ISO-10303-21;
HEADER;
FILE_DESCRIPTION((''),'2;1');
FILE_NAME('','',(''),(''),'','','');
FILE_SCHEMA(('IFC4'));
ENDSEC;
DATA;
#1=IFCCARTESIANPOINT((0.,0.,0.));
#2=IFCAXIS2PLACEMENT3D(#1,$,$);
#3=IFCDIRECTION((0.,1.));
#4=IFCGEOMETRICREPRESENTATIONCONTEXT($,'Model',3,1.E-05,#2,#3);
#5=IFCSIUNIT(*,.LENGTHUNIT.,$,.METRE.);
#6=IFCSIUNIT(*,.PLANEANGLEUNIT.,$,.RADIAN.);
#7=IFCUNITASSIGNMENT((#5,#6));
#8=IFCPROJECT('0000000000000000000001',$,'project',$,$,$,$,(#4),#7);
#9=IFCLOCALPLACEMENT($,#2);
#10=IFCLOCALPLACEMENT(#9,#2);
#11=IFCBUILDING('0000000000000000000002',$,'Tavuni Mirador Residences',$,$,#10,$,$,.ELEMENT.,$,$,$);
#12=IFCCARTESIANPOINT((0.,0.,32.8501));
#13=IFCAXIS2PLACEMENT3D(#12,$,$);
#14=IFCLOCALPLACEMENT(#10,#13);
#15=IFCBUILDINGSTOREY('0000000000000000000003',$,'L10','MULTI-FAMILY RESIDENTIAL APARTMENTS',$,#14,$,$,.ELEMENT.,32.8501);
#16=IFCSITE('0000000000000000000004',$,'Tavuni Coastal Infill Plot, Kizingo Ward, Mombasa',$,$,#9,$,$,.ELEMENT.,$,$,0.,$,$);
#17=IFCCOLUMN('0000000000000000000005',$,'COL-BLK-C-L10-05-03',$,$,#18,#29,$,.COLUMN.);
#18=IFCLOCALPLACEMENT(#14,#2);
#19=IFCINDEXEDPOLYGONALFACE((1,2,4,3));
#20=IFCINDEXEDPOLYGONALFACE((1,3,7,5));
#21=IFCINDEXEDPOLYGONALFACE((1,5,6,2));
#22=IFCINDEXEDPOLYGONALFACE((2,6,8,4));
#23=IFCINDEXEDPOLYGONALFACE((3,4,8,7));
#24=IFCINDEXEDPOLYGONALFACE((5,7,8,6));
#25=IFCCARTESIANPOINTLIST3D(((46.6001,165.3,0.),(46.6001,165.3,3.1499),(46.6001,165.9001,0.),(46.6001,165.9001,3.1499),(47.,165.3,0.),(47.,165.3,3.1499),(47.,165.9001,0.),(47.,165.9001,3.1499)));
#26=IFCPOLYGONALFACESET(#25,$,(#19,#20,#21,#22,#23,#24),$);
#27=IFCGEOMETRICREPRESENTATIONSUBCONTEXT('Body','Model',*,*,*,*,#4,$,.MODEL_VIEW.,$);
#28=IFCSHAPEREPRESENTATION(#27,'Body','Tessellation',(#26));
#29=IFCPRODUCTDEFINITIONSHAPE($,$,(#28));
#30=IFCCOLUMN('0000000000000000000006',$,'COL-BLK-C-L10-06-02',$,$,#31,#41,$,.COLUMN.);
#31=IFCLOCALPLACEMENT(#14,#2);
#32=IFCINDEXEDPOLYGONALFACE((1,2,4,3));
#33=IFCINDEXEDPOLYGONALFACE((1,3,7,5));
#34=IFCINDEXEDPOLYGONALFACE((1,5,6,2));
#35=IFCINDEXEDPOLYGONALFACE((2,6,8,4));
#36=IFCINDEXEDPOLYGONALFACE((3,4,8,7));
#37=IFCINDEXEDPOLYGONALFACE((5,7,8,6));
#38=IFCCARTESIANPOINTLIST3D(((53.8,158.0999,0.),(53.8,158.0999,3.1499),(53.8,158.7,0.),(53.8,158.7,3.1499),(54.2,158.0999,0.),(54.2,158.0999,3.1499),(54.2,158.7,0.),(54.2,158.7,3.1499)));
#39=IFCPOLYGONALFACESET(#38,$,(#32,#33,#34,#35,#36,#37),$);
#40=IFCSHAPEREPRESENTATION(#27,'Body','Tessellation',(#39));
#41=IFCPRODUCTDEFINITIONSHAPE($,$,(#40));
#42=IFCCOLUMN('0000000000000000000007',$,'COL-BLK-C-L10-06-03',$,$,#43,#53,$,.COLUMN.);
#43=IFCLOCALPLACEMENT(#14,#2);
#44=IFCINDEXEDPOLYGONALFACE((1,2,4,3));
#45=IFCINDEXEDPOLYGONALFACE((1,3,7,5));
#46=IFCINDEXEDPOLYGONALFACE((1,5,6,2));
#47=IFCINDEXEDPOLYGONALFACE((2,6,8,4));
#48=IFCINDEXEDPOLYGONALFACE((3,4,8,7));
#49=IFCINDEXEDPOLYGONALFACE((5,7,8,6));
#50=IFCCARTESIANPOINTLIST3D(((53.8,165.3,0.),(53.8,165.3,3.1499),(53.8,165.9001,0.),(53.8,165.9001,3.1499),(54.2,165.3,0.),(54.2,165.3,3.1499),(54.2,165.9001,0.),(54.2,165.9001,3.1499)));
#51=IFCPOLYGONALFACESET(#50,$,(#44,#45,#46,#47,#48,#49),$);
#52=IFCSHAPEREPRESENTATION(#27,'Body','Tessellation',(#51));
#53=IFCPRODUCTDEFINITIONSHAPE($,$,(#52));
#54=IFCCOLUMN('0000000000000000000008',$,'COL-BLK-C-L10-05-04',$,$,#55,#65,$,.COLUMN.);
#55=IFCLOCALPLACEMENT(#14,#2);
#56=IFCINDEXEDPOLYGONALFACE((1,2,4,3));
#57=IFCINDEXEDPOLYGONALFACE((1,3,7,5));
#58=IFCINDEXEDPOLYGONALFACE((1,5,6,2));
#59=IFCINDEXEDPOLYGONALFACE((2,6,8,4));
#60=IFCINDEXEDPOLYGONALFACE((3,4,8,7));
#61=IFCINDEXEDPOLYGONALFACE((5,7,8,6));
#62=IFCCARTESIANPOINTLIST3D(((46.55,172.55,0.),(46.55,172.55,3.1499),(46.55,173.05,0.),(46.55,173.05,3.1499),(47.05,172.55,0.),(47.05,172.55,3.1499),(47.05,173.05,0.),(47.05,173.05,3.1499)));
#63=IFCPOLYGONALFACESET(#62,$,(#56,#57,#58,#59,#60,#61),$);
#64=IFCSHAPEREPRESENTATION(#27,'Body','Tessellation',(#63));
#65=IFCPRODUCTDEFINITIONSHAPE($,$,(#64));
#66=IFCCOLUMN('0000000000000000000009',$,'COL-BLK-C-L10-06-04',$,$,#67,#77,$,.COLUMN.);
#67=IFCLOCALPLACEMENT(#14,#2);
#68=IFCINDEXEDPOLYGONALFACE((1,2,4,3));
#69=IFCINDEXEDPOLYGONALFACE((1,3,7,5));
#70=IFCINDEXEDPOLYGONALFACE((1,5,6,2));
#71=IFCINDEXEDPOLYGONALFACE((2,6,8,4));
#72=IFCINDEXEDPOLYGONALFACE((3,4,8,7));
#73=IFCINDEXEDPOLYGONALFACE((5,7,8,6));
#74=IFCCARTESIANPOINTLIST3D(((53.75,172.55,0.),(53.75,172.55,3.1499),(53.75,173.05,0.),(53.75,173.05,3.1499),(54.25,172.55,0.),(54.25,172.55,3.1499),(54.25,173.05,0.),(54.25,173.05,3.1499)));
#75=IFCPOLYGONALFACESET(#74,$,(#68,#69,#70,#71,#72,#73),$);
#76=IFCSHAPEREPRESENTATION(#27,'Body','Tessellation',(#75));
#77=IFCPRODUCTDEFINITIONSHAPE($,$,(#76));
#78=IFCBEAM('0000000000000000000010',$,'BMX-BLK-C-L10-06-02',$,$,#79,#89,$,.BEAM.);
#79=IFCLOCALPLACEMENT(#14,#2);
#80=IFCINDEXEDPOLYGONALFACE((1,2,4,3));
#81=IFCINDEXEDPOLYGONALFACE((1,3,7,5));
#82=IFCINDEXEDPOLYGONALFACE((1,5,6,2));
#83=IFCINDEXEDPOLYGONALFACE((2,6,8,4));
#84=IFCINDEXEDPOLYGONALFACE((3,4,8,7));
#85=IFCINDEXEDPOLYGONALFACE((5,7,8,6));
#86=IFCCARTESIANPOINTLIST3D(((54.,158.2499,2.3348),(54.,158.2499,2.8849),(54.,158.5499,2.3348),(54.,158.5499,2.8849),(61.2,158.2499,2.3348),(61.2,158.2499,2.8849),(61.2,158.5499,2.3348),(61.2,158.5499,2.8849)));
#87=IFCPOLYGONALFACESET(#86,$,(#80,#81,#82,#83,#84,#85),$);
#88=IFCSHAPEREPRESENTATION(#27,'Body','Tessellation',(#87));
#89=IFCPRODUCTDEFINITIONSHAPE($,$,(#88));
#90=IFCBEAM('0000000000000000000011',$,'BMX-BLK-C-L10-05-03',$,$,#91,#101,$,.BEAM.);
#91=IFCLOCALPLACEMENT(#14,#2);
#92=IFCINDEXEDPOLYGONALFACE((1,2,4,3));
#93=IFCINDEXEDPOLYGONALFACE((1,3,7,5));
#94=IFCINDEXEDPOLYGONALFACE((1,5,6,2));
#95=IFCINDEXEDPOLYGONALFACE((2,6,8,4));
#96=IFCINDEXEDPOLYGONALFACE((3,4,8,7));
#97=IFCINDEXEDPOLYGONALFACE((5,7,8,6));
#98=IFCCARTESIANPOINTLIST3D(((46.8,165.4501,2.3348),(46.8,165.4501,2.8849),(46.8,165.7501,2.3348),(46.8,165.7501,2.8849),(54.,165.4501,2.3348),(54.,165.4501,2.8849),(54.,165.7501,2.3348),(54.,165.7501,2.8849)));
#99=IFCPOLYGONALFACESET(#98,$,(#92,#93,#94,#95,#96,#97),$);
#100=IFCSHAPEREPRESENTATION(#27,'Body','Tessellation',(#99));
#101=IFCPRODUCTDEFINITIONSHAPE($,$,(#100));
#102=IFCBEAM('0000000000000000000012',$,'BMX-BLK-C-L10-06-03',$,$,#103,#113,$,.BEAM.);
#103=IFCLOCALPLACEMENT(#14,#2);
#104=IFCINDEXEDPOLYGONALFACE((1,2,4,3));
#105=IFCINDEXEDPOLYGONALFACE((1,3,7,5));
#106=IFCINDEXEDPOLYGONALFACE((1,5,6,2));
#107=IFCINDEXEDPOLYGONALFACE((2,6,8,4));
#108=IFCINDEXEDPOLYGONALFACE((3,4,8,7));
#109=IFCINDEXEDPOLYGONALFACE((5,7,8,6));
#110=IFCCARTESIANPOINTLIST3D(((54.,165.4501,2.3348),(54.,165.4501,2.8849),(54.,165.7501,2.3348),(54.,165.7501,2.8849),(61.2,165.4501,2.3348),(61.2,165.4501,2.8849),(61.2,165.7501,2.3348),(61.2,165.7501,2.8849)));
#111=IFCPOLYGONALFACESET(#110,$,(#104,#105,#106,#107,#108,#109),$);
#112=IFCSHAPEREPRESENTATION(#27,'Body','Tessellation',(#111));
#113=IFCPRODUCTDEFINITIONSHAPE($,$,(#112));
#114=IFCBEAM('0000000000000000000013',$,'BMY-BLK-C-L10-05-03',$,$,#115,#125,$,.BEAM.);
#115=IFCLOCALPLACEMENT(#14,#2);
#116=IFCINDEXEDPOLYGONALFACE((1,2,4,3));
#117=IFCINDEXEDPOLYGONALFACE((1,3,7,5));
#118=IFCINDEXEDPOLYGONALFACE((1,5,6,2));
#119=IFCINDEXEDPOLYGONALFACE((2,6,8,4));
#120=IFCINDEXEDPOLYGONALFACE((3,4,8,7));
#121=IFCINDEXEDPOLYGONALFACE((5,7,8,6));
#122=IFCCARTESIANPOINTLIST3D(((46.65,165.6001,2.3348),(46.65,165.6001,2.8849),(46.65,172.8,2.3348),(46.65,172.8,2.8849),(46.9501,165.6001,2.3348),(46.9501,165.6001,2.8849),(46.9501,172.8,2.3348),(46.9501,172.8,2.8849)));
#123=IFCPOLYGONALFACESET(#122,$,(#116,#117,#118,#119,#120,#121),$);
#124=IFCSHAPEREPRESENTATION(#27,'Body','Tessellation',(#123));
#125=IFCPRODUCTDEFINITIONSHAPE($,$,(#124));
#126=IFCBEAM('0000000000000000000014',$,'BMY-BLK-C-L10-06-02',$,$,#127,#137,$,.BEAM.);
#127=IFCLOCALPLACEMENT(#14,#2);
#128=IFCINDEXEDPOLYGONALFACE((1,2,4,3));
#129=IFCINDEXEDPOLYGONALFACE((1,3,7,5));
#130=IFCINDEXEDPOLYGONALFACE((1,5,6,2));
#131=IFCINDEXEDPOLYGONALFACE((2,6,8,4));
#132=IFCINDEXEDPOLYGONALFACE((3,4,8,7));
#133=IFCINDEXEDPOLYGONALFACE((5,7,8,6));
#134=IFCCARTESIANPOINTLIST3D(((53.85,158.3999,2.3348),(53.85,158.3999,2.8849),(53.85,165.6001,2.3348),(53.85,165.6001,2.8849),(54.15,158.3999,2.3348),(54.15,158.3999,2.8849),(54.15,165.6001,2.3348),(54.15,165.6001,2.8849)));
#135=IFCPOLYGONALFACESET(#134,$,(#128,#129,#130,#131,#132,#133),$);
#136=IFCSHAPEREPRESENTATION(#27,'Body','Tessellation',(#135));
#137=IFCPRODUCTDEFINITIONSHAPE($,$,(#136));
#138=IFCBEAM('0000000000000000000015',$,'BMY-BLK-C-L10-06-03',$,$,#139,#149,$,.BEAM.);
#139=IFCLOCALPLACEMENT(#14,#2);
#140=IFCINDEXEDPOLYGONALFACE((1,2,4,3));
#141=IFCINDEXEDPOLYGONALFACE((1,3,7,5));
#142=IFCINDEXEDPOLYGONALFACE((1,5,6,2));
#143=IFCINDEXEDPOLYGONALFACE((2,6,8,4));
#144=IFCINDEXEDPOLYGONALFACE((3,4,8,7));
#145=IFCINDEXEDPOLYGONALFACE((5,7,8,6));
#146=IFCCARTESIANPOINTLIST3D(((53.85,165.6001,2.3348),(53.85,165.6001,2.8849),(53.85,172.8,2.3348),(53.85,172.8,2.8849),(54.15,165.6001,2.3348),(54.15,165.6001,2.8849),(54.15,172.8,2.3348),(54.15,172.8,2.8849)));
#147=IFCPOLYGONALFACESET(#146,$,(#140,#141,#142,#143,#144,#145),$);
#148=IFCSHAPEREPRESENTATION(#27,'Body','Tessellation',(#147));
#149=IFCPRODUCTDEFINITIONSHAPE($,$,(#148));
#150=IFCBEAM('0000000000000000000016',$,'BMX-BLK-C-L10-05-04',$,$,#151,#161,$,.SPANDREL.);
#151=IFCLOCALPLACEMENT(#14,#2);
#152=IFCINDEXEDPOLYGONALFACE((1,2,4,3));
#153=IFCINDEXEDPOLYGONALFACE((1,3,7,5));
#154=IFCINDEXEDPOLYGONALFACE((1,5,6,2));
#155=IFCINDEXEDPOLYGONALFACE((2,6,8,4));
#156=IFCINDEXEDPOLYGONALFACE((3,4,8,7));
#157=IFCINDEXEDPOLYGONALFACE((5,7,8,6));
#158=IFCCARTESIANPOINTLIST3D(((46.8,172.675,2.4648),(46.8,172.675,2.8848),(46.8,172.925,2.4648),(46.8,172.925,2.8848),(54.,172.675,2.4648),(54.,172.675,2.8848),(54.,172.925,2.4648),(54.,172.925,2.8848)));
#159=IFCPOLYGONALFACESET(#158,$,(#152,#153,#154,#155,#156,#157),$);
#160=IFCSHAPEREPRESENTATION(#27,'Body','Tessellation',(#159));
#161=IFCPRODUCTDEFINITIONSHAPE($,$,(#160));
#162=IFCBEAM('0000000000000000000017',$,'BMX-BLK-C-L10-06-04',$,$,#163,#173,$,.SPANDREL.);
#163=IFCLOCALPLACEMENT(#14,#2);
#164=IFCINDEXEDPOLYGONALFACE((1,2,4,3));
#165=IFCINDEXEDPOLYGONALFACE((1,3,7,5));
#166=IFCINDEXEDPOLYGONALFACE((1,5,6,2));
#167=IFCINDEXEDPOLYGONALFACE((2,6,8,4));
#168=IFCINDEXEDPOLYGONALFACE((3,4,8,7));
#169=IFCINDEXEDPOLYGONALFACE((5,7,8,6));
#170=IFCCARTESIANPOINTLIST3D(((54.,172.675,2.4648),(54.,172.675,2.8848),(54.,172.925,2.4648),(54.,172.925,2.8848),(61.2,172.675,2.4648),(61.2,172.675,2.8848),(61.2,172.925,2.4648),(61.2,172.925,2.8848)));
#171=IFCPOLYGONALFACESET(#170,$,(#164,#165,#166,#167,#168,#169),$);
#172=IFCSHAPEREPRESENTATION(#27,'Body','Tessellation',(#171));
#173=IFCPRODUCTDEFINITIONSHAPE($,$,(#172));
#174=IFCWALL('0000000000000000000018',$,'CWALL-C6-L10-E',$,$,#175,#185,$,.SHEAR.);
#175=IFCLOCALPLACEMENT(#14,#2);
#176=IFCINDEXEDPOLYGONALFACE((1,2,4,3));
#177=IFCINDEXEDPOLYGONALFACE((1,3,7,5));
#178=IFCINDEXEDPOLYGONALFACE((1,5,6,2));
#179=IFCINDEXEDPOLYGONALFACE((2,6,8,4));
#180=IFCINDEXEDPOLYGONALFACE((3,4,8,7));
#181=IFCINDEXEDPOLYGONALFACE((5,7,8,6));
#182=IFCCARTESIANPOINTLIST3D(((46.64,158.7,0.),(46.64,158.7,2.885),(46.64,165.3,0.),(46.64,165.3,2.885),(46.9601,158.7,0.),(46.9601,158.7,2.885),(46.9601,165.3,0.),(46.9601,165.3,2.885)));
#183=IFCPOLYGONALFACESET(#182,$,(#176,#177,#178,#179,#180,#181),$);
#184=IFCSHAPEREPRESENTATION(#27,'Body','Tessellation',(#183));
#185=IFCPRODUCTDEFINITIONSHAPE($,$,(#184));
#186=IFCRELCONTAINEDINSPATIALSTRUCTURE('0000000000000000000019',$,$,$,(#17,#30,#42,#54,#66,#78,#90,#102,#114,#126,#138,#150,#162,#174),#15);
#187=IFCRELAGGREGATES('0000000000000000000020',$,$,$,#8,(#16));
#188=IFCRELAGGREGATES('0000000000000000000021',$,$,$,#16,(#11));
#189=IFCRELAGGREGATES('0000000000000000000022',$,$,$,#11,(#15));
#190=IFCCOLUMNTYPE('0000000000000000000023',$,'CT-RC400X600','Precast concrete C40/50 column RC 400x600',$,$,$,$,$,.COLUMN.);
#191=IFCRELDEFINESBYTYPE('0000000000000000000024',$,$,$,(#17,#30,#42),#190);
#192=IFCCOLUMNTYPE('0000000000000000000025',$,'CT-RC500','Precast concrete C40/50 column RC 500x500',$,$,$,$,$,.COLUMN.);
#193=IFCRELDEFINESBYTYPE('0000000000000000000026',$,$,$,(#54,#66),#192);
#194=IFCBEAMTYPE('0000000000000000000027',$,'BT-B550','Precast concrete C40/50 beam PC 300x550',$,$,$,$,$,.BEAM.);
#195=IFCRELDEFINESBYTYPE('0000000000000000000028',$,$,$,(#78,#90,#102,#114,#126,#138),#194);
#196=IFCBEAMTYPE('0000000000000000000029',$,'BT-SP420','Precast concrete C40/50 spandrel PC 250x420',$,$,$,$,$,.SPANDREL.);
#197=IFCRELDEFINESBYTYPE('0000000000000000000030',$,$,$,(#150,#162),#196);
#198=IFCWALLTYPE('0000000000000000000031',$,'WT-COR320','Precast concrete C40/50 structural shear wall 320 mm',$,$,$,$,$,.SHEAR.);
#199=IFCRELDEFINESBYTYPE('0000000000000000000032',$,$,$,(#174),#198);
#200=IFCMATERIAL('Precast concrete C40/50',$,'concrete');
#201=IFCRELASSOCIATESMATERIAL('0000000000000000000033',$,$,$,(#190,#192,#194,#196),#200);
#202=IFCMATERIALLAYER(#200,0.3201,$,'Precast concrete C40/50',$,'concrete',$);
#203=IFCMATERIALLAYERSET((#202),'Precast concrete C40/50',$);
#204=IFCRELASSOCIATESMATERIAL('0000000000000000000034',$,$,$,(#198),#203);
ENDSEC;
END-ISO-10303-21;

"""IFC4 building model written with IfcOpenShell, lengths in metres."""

from ifc_helpers import new_model, si_unit, direction, frame, frame_2d, origin, origin_2d, place, context, subcontext, project, spatial, rectangle, extrude, material, layer, layer_set, material_profile, profile_set, type_object, element, save


model = new_model("IFC4")

# Units and contexts
model_context = context("Model", 3, precision=1e-05, world=origin(), true_north=direction((0.0, 1.0)))
body_context = subcontext(model_context, "Body", "Model", "MODEL_VIEW")
ifc_project = project(units=[si_unit("LENGTHUNIT", "METRE"), si_unit("PLANEANGLEUNIT", "RADIAN")], contexts=[model_context])

# Site, building, storey
site_placement = place(None, origin())
site = spatial("IfcSite", under=ifc_project, at=site_placement, Name="Tavuni Coastal Infill Plot, Kizingo Ward, Mombasa", CompositionType="ELEMENT", RefElevation=0.0)
building_placement = place(site_placement, origin())
building = spatial("IfcBuilding", under=site, at=building_placement, Name="Tavuni Mirador Residences", CompositionType="ELEMENT")
storey_placement = place(building_placement, frame((0.0, 0.0, 32.8501)))
storey = spatial("IfcBuildingStorey", under=building, at=storey_placement, Name="L10", Description="MULTI-FAMILY RESIDENTIAL APARTMENTS", CompositionType="ELEMENT", Elevation=32.8501)

# Columns
ifc_material_1 = material(Name="Precast concrete C40/50", Category="concrete")
ifc_material_profile_1 = material_profile(ifc_material_1, rectangle(XDim=0.3999, YDim=0.6001, at=origin_2d()), Name="RC 400x600", Category="concrete")
ifc_profile_set_1 = profile_set([ifc_material_profile_1], Name="Precast concrete C40/50")
column_type_1 = type_object("IfcColumnType", Name="CT-RC400X600", Description="Precast concrete C40/50 column RC 400x600", PredefinedType="COLUMN", material=ifc_profile_set_1)
for number, where, z_axis, x_axis, name in (
    (1, (46.8, 165.6001, 0.0), (0.0, 0.0, 1.0), (1.0, 0.0, 0.0), "COL-BLK-C-L10-05-03"),
    (2, (54.0, 158.3999, 0.0), (0.0, 0.0, 1.0), (1.0, 0.0, 0.0), "COL-BLK-C-L10-06-02"),
    (3, (54.0, 165.6001, 0.0), (0.0, 0.0, 1.0), (1.0, 0.0, 0.0), "COL-BLK-C-L10-06-03"),
):
    element("IfcColumn", number, at=place(storey_placement, frame(where, z_axis=z_axis, x_axis=x_axis)), inside=storey, type_object=column_type_1, Name=name, PredefinedType="COLUMN", context=body_context, shape_type="SweptSolid", body=[
        extrude(rectangle(XDim=0.3999, YDim=0.6001, at=origin_2d()), origin(), (0.0, 0.0, 1.0), 3.1499),
    ])
ifc_material_profile_2 = material_profile(ifc_material_1, rectangle(XDim=0.5, YDim=0.5, at=origin_2d()), Name="RC 500x500", Category="concrete")
ifc_profile_set_2 = profile_set([ifc_material_profile_2], Name="Precast concrete C40/50")
column_type_2 = type_object("IfcColumnType", Name="CT-RC500", Description="Precast concrete C40/50 column RC 500x500", PredefinedType="COLUMN", material=ifc_profile_set_2)
for number, where, z_axis, x_axis, name in (
    (4, (46.8, 172.8, 0.0), (0.0, 0.0, 1.0), (1.0, 0.0, 0.0), "COL-BLK-C-L10-05-04"),
    (5, (54.0, 172.8, 0.0), (0.0, 0.0, 1.0), (1.0, 0.0, 0.0), "COL-BLK-C-L10-06-04"),
):
    element("IfcColumn", number, at=place(storey_placement, frame(where, z_axis=z_axis, x_axis=x_axis)), inside=storey, type_object=column_type_2, Name=name, PredefinedType="COLUMN", context=body_context, shape_type="SweptSolid", body=[
        extrude(rectangle(XDim=0.5, YDim=0.5, at=origin_2d()), origin(), (0.0, 0.0, 1.0), 3.1499),
    ])

# Beams
ifc_material_profile_3 = material_profile(ifc_material_1, rectangle(XDim=0.3, YDim=0.55, at=origin_2d()), Name="PC 300x550", Category="concrete")
ifc_profile_set_3 = profile_set([ifc_material_profile_3], Name="Precast concrete C40/50")
beam_type_1 = type_object("IfcBeamType", Name="BT-B550", Description="Precast concrete C40/50 beam PC 300x550", PredefinedType="BEAM", material=ifc_profile_set_3)
for number, where, z_axis, x_axis, name in (
    (6, (54.0, 158.3999, 2.6099), (1.0, 0.0, 0.0), (0.0, 1.0, 0.0), "BMX-BLK-C-L10-06-02"),
    (7, (46.8, 165.6001, 2.6099), (1.0, 0.0, 0.0), (0.0, 1.0, 0.0), "BMX-BLK-C-L10-05-03"),
    (8, (54.0, 165.6001, 2.6099), (1.0, 0.0, 0.0), (0.0, 1.0, 0.0), "BMX-BLK-C-L10-06-03"),
    (9, (46.8, 165.6001, 2.6099), (0.0, 1.0, 0.0), (-1.0, 0.0, 0.0), "BMY-BLK-C-L10-05-03"),
):
    element("IfcBeam", number, at=place(storey_placement, frame(where, z_axis=z_axis, x_axis=x_axis)), inside=storey, type_object=beam_type_1, Name=name, PredefinedType="BEAM", context=body_context, shape_type="SweptSolid", body=[
        extrude(rectangle(XDim=0.3, YDim=0.55, at=origin_2d()), origin(), (0.0, 0.0, 1.0), 7.2),
    ])
beam_1_placement = place(storey_placement, frame((54.0, 158.3999, 2.6099), z_axis=(0.0, 1.0, 0.0), x_axis=(-1.0, 0.0, 0.0)))
element("IfcBeam", 10, at=beam_1_placement, inside=storey, type_object=beam_type_1, Name="BMY-BLK-C-L10-06-02", PredefinedType="BEAM", context=body_context, shape_type="SweptSolid", body=[
    extrude(rectangle(XDim=0.3, YDim=0.55, at=origin_2d()), origin(), (0.0, 0.0, 1.0), 7.2002),
])
beam_2_placement = place(storey_placement, frame((54.0, 165.6001, 2.6099), z_axis=(0.0, 1.0, 0.0), x_axis=(-1.0, 0.0, 0.0)))
element("IfcBeam", 11, at=beam_2_placement, inside=storey, type_object=beam_type_1, Name="BMY-BLK-C-L10-06-03", PredefinedType="BEAM", context=body_context, shape_type="SweptSolid", body=[
    extrude(rectangle(XDim=0.3, YDim=0.55, at=origin_2d()), origin(), (0.0, 0.0, 1.0), 7.2),
])
ifc_material_profile_4 = material_profile(ifc_material_1, rectangle(XDim=0.25, YDim=0.4199, at=origin_2d()), Name="PC 250x420", Category="concrete")
ifc_profile_set_4 = profile_set([ifc_material_profile_4], Name="Precast concrete C40/50")
beam_type_2 = type_object("IfcBeamType", Name="BT-SP420", Description="Precast concrete C40/50 spandrel PC 250x420", PredefinedType="SPANDREL", material=ifc_profile_set_4)
for number, where, z_axis, x_axis, name in (
    (12, (46.8, 172.8, 2.6748), (1.0, 0.0, 0.0), (0.0, 1.0, 0.0), "BMX-BLK-C-L10-05-04"),
    (13, (54.0, 172.8, 2.6748), (1.0, 0.0, 0.0), (0.0, 1.0, 0.0), "BMX-BLK-C-L10-06-04"),
):
    element("IfcBeam", number, at=place(storey_placement, frame(where, z_axis=z_axis, x_axis=x_axis)), inside=storey, type_object=beam_type_2, Name=name, PredefinedType="SPANDREL", context=body_context, shape_type="SweptSolid", body=[
        extrude(rectangle(XDim=0.25, YDim=0.4199, at=origin_2d()), origin(), (0.0, 0.0, 1.0), 7.2),
    ])

# Wall
ifc_layer_1 = layer(ifc_material_1, 0.3201, Name="Precast concrete C40/50", Category="concrete")
ifc_layer_set_1 = layer_set([ifc_layer_1], Name="Precast concrete C40/50")
wall_type_1 = type_object("IfcWallType", Name="WT-COR320", Description="Precast concrete C40/50 structural shear wall 320 mm", PredefinedType="SHEAR", material=ifc_layer_set_1)
wall_1_placement = place(storey_placement, frame((46.8, 158.7, 0.0), z_axis=(0.0, 0.0, 1.0), x_axis=(0.0, 1.0, 0.0)))
element("IfcWall", 14, at=wall_1_placement, inside=storey, type_object=wall_type_1, Name="CWALL-C6-L10-E", PredefinedType="SHEAR", context=body_context, shape_type="SweptSolid", body=[
    extrude(rectangle(XDim=6.6001, YDim=0.3201, at=frame_2d((3.3, 0.0))), origin(), (0.0, 0.0, 1.0), 2.885),
])

save(model, "model.ifc")
